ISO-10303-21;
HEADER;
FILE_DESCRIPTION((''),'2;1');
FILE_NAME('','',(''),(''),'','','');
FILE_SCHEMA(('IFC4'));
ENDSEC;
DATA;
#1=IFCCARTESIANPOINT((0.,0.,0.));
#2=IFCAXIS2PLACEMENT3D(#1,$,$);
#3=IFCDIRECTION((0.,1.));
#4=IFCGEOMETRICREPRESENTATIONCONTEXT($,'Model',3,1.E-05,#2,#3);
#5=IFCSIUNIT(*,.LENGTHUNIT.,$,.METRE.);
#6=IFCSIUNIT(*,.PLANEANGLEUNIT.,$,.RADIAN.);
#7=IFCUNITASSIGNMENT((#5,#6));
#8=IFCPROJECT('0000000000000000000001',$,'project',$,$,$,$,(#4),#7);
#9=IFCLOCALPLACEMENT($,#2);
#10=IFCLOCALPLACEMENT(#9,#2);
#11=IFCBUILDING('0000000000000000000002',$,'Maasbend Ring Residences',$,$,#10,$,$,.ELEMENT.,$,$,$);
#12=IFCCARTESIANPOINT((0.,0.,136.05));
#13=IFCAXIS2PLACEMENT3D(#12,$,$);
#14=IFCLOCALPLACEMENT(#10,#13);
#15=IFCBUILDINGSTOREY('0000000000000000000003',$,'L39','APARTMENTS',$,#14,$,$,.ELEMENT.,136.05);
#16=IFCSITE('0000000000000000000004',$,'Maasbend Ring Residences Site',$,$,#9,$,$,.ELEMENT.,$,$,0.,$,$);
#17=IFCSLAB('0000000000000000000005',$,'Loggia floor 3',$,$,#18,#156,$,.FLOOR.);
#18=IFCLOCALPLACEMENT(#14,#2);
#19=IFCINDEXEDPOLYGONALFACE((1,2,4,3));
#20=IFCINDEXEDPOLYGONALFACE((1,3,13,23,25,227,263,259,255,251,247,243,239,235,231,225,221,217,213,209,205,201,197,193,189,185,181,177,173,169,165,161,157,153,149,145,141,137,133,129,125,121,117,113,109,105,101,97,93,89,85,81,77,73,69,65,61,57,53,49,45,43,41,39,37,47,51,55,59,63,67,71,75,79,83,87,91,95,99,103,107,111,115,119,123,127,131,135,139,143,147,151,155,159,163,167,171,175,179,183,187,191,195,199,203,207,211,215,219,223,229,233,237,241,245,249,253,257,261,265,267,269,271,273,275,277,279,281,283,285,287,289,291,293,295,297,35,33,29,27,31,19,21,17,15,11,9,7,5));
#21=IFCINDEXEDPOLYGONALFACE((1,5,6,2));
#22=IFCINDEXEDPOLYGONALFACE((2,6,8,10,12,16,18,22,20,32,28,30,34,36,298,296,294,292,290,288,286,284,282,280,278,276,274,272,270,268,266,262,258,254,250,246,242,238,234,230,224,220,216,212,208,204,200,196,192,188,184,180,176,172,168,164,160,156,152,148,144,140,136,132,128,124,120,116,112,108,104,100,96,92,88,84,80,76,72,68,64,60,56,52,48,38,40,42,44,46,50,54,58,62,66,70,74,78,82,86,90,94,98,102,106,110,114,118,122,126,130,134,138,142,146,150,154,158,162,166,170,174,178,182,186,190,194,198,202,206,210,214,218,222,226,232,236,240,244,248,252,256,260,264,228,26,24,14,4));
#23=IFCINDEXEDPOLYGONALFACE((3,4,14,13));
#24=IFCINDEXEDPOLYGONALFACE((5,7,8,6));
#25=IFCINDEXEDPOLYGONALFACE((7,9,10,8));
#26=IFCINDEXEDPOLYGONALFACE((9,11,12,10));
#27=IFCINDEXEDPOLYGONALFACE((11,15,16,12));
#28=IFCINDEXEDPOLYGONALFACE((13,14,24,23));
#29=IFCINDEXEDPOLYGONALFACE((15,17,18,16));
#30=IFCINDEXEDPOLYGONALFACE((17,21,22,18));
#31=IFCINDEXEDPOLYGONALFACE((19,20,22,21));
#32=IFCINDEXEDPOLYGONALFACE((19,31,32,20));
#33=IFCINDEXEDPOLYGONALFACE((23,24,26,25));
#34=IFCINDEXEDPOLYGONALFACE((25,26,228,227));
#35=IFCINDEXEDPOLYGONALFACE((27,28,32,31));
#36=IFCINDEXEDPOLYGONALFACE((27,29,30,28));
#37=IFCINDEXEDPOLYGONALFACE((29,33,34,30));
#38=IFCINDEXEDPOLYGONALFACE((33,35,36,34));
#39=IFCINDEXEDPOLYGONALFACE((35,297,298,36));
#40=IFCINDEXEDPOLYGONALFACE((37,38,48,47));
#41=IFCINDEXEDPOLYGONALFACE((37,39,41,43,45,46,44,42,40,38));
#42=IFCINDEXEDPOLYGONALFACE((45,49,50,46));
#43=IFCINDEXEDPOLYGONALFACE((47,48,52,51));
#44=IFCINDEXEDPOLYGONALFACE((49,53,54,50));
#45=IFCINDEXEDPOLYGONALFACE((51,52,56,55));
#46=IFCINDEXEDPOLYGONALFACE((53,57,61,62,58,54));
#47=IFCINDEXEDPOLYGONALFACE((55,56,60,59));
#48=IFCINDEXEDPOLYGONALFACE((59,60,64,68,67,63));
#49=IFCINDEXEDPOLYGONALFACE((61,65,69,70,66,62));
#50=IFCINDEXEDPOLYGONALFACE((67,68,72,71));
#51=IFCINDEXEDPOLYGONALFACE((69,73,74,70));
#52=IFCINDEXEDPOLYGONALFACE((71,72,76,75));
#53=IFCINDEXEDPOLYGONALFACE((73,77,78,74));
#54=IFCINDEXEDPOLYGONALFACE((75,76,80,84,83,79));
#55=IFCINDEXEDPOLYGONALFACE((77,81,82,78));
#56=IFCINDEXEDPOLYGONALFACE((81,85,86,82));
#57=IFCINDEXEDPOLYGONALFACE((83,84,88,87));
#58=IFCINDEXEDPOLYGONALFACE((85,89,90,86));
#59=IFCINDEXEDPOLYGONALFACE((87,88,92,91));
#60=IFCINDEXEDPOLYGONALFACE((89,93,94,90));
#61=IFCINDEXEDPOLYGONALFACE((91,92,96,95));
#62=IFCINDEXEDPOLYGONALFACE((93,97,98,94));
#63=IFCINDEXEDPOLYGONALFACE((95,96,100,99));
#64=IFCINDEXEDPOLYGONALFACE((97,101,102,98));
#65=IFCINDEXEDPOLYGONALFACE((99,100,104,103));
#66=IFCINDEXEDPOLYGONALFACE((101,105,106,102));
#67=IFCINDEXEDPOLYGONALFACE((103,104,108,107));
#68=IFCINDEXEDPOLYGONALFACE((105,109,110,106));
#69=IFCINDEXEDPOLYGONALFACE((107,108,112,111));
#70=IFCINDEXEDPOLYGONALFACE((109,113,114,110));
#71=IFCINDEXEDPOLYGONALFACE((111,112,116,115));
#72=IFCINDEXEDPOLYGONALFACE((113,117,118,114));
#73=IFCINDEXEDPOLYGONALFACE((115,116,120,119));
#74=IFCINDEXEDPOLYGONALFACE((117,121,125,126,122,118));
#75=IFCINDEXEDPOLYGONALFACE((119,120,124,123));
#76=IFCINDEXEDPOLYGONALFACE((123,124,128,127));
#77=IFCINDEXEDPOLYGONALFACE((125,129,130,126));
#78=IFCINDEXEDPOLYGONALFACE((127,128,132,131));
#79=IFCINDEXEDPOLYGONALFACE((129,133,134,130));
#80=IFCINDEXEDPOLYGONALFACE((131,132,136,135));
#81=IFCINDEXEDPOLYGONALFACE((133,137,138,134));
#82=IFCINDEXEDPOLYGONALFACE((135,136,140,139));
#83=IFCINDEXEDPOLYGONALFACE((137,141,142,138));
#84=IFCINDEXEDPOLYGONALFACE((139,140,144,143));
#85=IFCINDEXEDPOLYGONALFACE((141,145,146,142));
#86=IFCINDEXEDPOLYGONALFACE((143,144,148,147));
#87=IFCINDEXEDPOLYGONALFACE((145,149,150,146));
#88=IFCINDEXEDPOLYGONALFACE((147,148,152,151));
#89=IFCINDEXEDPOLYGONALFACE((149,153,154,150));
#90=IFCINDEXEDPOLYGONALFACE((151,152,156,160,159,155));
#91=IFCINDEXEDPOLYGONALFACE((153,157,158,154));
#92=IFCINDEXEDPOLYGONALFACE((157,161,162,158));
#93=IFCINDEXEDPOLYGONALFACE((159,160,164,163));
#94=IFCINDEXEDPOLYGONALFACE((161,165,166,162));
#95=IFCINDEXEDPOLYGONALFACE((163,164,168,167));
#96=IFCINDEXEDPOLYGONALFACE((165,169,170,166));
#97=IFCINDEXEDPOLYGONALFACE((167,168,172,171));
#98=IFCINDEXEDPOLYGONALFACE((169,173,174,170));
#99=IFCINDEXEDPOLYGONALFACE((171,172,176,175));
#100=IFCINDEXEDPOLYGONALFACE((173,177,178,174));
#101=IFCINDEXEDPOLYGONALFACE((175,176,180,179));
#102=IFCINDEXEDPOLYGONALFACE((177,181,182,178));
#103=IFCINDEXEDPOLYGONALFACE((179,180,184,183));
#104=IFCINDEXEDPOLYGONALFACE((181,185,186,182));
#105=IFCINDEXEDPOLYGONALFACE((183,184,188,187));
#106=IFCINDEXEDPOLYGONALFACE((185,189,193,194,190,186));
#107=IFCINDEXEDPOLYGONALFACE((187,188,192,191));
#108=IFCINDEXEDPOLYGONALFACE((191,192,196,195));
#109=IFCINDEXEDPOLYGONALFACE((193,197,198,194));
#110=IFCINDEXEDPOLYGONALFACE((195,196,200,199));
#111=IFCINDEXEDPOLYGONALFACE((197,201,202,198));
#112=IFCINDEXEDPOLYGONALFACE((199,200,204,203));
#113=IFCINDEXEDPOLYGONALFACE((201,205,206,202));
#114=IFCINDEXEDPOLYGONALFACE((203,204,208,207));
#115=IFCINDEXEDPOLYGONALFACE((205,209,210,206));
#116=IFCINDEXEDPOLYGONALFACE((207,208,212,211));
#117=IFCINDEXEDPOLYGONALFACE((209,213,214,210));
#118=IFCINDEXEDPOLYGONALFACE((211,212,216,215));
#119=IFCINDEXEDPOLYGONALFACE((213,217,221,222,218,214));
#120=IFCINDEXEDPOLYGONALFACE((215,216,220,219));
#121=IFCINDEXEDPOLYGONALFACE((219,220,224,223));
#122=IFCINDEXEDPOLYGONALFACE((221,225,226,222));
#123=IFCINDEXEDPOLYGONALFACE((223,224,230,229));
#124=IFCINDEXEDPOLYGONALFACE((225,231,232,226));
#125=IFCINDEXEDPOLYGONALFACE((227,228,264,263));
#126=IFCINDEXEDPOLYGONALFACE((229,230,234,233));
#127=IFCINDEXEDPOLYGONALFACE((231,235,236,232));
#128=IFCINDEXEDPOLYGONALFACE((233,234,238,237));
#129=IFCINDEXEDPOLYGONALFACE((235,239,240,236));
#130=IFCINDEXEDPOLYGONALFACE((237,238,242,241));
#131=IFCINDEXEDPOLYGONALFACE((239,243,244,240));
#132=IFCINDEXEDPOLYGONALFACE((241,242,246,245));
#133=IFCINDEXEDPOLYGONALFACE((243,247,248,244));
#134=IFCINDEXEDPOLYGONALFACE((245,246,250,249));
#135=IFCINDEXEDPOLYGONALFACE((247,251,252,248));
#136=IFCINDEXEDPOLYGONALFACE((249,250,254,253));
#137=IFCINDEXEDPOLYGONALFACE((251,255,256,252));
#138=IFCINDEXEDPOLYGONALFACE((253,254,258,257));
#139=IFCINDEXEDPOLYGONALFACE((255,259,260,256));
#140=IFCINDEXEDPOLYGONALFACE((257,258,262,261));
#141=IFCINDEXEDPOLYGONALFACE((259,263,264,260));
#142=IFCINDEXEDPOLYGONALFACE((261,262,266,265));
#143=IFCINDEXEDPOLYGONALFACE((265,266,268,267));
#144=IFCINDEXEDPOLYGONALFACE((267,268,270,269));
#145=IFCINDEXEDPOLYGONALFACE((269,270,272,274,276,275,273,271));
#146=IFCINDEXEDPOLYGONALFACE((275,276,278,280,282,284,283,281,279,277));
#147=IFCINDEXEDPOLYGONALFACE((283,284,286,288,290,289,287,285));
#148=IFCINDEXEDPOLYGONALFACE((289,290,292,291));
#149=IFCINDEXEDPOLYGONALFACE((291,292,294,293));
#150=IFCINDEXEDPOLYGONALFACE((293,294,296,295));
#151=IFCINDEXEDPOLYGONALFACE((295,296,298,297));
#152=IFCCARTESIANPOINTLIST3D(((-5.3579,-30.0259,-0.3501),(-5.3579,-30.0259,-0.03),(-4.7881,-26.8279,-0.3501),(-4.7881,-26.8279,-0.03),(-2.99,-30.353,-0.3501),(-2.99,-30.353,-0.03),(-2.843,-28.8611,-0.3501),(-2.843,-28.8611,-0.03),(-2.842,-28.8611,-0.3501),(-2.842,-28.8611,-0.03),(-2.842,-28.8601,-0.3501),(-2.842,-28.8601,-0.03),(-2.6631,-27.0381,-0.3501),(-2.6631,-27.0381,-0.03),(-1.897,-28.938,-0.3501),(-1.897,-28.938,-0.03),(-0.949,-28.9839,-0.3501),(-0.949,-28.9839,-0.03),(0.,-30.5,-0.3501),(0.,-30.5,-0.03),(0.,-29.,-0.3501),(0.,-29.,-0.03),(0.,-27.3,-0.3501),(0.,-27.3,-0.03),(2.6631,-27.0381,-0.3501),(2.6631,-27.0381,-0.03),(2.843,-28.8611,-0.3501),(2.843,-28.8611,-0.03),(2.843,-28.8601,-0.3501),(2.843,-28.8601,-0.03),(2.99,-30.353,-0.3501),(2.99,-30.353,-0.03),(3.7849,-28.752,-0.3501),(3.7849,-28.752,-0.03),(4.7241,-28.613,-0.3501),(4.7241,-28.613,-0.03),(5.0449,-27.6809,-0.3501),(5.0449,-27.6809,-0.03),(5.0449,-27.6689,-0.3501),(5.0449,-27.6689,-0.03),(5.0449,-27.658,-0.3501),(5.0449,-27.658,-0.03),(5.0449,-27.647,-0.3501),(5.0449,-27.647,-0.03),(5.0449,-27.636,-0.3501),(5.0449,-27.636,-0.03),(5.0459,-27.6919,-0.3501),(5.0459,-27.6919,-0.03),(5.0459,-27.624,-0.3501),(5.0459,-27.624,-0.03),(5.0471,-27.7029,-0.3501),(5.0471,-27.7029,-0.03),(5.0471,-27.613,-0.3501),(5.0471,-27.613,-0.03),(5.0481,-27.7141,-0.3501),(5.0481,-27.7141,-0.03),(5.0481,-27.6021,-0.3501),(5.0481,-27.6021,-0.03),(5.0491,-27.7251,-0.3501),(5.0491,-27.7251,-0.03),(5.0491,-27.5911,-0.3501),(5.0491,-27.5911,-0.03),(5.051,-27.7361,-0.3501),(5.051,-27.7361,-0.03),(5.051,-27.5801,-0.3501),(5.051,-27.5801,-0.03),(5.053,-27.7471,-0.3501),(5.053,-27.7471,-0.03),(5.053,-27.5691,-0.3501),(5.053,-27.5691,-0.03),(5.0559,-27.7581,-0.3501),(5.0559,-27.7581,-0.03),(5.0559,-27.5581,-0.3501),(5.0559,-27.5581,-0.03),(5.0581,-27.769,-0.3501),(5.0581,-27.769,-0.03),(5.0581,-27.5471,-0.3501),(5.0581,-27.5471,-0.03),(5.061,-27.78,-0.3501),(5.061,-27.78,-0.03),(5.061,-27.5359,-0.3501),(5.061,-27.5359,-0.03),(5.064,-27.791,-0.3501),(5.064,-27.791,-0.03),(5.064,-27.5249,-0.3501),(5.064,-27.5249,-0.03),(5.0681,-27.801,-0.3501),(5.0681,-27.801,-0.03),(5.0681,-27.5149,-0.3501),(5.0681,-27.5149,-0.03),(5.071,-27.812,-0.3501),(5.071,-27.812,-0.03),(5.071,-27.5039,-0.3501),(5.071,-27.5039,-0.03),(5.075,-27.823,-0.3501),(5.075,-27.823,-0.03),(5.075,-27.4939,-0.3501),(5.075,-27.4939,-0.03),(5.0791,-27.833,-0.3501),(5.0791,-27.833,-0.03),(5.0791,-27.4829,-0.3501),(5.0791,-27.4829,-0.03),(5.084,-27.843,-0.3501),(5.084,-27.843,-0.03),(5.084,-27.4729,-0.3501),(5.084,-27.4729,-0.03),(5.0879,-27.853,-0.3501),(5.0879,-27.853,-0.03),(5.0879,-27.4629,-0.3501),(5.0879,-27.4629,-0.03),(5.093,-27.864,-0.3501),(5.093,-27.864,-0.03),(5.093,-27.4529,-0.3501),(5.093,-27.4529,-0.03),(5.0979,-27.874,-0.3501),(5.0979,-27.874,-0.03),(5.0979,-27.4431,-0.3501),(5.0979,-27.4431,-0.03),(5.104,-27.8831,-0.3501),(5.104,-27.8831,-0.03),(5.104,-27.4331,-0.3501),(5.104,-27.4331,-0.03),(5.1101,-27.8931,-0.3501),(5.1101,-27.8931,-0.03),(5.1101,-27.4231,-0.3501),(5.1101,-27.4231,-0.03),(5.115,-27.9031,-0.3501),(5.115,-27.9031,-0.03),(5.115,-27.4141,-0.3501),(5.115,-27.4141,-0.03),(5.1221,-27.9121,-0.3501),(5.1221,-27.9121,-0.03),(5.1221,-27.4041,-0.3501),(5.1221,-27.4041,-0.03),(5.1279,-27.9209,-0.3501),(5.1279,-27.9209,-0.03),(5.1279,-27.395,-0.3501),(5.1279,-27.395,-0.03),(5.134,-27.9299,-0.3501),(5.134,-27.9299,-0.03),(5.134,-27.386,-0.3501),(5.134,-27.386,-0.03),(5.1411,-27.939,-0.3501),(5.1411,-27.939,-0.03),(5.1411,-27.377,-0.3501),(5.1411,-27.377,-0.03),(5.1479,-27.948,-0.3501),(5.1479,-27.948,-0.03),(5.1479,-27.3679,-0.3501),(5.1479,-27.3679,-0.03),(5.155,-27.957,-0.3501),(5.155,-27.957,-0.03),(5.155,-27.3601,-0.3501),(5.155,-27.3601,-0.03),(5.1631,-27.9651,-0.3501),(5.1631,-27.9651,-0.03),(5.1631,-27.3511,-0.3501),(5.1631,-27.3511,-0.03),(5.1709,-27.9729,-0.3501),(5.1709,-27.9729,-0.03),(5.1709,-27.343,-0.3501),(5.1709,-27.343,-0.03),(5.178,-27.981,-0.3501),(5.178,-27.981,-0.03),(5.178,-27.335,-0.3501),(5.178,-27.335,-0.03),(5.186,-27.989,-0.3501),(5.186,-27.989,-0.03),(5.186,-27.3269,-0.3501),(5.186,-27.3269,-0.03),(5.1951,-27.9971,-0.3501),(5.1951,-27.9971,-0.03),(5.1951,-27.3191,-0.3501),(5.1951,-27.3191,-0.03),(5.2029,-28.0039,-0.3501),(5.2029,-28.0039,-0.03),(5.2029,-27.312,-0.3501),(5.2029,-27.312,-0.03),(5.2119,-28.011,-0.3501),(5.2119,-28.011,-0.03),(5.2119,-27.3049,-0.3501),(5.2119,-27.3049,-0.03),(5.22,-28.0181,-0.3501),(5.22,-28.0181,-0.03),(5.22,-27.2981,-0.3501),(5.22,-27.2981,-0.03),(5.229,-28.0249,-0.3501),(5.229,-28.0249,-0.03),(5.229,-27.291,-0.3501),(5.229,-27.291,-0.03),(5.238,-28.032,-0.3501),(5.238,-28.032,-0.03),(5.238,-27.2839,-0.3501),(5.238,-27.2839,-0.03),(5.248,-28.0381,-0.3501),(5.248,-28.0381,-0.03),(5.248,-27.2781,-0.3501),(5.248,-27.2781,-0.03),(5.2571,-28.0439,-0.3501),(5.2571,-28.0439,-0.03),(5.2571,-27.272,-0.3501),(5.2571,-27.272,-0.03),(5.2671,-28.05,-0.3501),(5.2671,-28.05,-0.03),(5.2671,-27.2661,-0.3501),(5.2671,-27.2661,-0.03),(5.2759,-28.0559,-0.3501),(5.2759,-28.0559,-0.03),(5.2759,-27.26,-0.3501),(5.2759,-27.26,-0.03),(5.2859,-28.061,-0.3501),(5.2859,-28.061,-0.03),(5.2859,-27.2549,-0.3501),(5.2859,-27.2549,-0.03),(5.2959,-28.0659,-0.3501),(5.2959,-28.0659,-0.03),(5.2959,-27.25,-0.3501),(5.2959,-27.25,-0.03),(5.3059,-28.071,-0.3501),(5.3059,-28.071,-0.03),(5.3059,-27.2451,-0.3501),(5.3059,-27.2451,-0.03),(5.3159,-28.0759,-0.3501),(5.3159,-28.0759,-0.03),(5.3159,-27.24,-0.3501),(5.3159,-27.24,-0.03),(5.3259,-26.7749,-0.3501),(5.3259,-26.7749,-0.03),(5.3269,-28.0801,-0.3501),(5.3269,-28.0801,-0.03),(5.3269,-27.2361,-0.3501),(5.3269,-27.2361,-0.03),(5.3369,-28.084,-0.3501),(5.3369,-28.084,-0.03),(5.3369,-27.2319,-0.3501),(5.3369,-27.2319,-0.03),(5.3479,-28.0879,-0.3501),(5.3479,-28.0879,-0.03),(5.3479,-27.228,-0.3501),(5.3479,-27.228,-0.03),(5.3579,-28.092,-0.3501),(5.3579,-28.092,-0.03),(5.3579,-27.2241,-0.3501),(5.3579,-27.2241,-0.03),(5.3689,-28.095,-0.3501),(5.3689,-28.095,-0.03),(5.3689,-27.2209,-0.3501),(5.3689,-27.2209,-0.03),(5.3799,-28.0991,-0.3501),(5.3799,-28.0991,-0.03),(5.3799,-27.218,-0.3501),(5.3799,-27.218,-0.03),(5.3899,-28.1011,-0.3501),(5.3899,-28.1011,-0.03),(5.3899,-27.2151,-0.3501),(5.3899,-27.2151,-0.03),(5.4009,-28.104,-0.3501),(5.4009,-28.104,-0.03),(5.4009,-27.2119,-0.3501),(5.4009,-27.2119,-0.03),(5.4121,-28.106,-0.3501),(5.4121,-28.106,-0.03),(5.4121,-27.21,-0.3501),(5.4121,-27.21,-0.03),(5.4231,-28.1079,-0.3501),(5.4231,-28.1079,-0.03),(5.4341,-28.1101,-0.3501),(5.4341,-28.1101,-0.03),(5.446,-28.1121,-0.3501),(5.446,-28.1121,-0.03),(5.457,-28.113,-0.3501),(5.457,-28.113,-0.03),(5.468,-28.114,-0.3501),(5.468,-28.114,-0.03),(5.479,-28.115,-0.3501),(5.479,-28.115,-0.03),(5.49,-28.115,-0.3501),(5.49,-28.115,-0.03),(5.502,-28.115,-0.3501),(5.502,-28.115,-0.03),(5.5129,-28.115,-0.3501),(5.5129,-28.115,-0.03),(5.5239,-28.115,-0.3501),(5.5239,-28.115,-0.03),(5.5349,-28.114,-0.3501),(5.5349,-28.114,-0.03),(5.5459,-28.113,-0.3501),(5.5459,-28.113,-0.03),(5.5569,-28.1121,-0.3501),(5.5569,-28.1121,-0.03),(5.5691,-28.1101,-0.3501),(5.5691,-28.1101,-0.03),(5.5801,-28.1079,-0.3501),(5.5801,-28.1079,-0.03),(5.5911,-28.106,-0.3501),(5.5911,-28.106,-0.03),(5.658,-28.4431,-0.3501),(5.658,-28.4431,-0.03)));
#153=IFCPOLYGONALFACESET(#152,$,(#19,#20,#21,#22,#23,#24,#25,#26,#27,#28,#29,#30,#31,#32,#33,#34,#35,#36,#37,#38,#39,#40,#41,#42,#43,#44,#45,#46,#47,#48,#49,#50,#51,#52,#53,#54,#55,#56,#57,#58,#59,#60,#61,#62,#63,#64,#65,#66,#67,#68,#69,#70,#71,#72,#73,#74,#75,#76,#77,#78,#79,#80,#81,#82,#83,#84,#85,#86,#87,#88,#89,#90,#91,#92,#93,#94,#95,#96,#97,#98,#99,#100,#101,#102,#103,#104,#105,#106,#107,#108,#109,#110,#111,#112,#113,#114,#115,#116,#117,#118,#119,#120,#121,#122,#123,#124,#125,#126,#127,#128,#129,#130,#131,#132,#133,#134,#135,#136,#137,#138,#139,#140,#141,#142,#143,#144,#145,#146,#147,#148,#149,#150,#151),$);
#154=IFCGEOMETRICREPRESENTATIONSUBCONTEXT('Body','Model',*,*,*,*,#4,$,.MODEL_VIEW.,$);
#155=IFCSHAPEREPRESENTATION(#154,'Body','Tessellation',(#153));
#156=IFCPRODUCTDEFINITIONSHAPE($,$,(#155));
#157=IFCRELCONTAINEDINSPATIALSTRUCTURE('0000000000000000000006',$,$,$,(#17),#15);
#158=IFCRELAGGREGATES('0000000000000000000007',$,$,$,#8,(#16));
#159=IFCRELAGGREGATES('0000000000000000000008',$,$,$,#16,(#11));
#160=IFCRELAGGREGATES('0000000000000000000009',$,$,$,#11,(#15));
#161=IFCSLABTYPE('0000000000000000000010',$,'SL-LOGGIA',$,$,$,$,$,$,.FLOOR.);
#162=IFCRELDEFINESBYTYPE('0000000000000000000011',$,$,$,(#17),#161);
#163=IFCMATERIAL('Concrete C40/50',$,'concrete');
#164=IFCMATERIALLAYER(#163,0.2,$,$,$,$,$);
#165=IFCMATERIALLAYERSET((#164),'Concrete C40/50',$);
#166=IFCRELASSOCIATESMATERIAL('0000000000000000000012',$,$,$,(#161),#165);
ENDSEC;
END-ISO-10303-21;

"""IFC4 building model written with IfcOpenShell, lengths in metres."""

from ifc_helpers import new_model, si_unit, direction, frame, origin, place, context, subcontext, project, spatial, polyline, outline, extrude, material, layer, layer_set, type_object, element, save


model = new_model("IFC4")

# Units and contexts
model_context = context("Model", 3, precision=1e-05, world=origin(), true_north=direction((0.0, 1.0)))
body_context = subcontext(model_context, "Body", "Model", "MODEL_VIEW")
ifc_project = project(units=[si_unit("LENGTHUNIT", "METRE"), si_unit("PLANEANGLEUNIT", "RADIAN")], contexts=[model_context])

# Site, building, storey
site_placement = place(None, origin())
site = spatial("IfcSite", under=ifc_project, at=site_placement, Name="Maasbend Ring Residences Site", CompositionType="ELEMENT", RefElevation=0.0)
building_placement = place(site_placement, origin())
building = spatial("IfcBuilding", under=site, at=building_placement, Name="Maasbend Ring Residences", CompositionType="ELEMENT")
storey_placement = place(building_placement, frame((0.0, 0.0, 136.05)))
storey = spatial("IfcBuildingStorey", under=building, at=storey_placement, Name="L39", Description="APARTMENTS", CompositionType="ELEMENT", Elevation=136.05)

# Slab
ifc_material_1 = material(Name="Concrete C40/50", Category="concrete")
ifc_layer_1 = layer(ifc_material_1, 0.2)
ifc_layer_set_1 = layer_set([ifc_layer_1], Name="Concrete C40/50")
slab_type = type_object("IfcSlabType", Name="SL-LOGGIA", PredefinedType="FLOOR", material=ifc_layer_set_1)
slab_1_placement = place(storey_placement, frame((0.0, 0.0, -0.3501)))
element("IfcSlab", 1, at=slab_1_placement, inside=storey, type_object=slab_type, Name="Loggia floor 3", PredefinedType="FLOOR", context=body_context, shape_type="SweptSolid", body=[
    extrude(outline(polyline([(-2.6631, -27.0381), (0.0, -27.3), (0.0, -27.3), (0.0, -27.3), (2.6631, -27.0381), (5.3259, -26.7749), (5.3259, -26.7749), (5.3259, -26.7749), (5.4121, -27.21), (5.4121, -27.21), (5.4009, -27.2119), (5.3899, -27.2151), (5.3799, -27.218), (5.3689, -27.2209), (5.3579, -27.2241), (5.3479, -27.228), (5.3369, -27.2319), (5.3269, -27.2361), (5.3159, -27.24), (5.3059, -27.2451), (5.2959, -27.25), (5.2859, -27.2549), (5.2759, -27.26), (5.2671, -27.2661), (5.2571, -27.272), (5.248, -27.2781), (5.238, -27.2839), (5.229, -27.291), (5.22, -27.2981), (5.2119, -27.3049), (5.2029, -27.312), (5.1951, -27.3191), (5.186, -27.3269), (5.178, -27.335), (5.1709, -27.343), (5.1631, -27.3511), (5.155, -27.3601), (5.1479, -27.3679), (5.1411, -27.377), (5.134, -27.386), (5.1279, -27.395), (5.1221, -27.4041), (5.115, -27.4141), (5.1101, -27.4231), (5.104, -27.4331), (5.0979, -27.4431), (5.093, -27.4529), (5.0879, -27.4629), (5.084, -27.4729), (5.0791, -27.4829), (5.075, -27.4939), (5.071, -27.5039), (5.0681, -27.5149), (5.064, -27.5249), (5.061, -27.5359), (5.0581, -27.5471), (5.0559, -27.5581), (5.053, -27.5691), (5.051, -27.5801), (5.0491, -27.5911), (5.0481, -27.6021), (5.0471, -27.613), (5.0459, -27.624), (5.0449, -27.636), (5.0449, -27.647), (5.0449, -27.658), (5.0449, -27.6689), (5.0449, -27.6809), (5.0459, -27.6919), (5.0471, -27.7029), (5.0481, -27.7141), (5.0491, -27.7251), (5.051, -27.7361), (5.053, -27.7471), (5.0559, -27.7581), (5.0581, -27.769), (5.061, -27.78), (5.064, -27.791), (5.0681, -27.801), (5.071, -27.812), (5.075, -27.823), (5.0791, -27.833), (5.084, -27.843), (5.0879, -27.853), (5.093, -27.864), (5.0979, -27.874), (5.104, -27.8831), (5.1101, -27.8931), (5.115, -27.9031), (5.1221, -27.9121), (5.1279, -27.9209), (5.134, -27.9299), (5.1411, -27.939), (5.1479, -27.948), (5.155, -27.957), (5.1631, -27.9651), (5.1709, -27.9729), (5.178, -27.981), (5.186, -27.989), (5.1951, -27.9971), (5.2029, -28.0039), (5.2119, -28.011), (5.22, -28.0181), (5.229, -28.0249), (5.238, -28.032), (5.248, -28.0381), (5.2571, -28.0439), (5.2671, -28.05), (5.2759, -28.0559), (5.2859, -28.061), (5.2959, -28.0659), (5.3059, -28.071), (5.3159, -28.0759), (5.3269, -28.0801), (5.3369, -28.084), (5.3479, -28.0879), (5.3579, -28.092), (5.3689, -28.095), (5.3799, -28.0991), (5.3899, -28.1011), (5.4009, -28.104), (5.4121, -28.106), (5.4231, -28.1079), (5.4341, -28.1101), (5.446, -28.1121), (5.457, -28.113), (5.468, -28.114), (5.479, -28.115), (5.49, -28.115), (5.502, -28.115), (5.5129, -28.115), (5.5239, -28.115), (5.5349, -28.114), (5.5459, -28.113), (5.5569, -28.1121), (5.5691, -28.1101), (5.5801, -28.1079), (5.5911, -28.106), (5.5911, -28.106), (5.658, -28.4431), (5.658, -28.4431), (5.658, -28.4431), (4.7241, -28.613), (4.7241, -28.613), (3.7849, -28.752), (3.7849, -28.752), (2.843, -28.8601), (2.843, -28.8601), (2.843, -28.8601), (2.843, -28.8601), (2.843, -28.8601), (2.843, -28.8601), (2.843, -28.8601), (2.843, -28.8601), (2.843, -28.8601), (2.843, -28.8611), (2.843, -28.8611), (2.843, -28.8611), (2.843, -28.8611), (2.843, -28.8611), (2.843, -28.8611), (2.843, -28.8611), (2.843, -28.8611), (2.99, -30.353), (2.99, -30.353), (2.99, -30.353), (0.0, -30.5), (0.0, -30.5), (0.0, -30.5), (0.0, -29.0), (0.0, -29.0), (0.0, -29.0), (0.0, -29.0), (0.0, -29.0), (0.0, -29.0), (0.0, -29.0), (0.0, -29.0), (0.0, -29.0), (0.0, -29.0), (0.0, -29.0), (0.0, -29.0), (0.0, -29.0), (0.0, -29.0), (0.0, -29.0), (0.0, -29.0), (0.0, -29.0), (-0.949, -28.9839), (-0.949, -28.9839), (-1.897, -28.938), (-1.897, -28.938), (-2.842, -28.8601), (-2.842, -28.8601), (-2.842, -28.8601), (-2.842, -28.8601), (-2.842, -28.8601), (-2.842, -28.8601), (-2.842, -28.8601), (-2.842, -28.8601), (-2.842, -28.8611), (-2.842, -28.8611), (-2.842, -28.8611), (-2.842, -28.8611), (-2.842, -28.8611), (-2.843, -28.8611), (-2.843, -28.8611), (-2.843, -28.8611), (-2.843, -28.8611), (-2.99, -30.353), (-2.99, -30.353), (-2.99, -30.353), (-5.3579, -30.0259), (-5.3579, -30.0259), (-5.3579, -30.0259), (-4.7881, -26.8279), (-4.7881, -26.8279), (-4.7881, -26.8279), (-2.6631, -27.0381)])), origin(), (0.0, 0.0, 1.0), 0.3201),
])

save(model, "model.ifc")
